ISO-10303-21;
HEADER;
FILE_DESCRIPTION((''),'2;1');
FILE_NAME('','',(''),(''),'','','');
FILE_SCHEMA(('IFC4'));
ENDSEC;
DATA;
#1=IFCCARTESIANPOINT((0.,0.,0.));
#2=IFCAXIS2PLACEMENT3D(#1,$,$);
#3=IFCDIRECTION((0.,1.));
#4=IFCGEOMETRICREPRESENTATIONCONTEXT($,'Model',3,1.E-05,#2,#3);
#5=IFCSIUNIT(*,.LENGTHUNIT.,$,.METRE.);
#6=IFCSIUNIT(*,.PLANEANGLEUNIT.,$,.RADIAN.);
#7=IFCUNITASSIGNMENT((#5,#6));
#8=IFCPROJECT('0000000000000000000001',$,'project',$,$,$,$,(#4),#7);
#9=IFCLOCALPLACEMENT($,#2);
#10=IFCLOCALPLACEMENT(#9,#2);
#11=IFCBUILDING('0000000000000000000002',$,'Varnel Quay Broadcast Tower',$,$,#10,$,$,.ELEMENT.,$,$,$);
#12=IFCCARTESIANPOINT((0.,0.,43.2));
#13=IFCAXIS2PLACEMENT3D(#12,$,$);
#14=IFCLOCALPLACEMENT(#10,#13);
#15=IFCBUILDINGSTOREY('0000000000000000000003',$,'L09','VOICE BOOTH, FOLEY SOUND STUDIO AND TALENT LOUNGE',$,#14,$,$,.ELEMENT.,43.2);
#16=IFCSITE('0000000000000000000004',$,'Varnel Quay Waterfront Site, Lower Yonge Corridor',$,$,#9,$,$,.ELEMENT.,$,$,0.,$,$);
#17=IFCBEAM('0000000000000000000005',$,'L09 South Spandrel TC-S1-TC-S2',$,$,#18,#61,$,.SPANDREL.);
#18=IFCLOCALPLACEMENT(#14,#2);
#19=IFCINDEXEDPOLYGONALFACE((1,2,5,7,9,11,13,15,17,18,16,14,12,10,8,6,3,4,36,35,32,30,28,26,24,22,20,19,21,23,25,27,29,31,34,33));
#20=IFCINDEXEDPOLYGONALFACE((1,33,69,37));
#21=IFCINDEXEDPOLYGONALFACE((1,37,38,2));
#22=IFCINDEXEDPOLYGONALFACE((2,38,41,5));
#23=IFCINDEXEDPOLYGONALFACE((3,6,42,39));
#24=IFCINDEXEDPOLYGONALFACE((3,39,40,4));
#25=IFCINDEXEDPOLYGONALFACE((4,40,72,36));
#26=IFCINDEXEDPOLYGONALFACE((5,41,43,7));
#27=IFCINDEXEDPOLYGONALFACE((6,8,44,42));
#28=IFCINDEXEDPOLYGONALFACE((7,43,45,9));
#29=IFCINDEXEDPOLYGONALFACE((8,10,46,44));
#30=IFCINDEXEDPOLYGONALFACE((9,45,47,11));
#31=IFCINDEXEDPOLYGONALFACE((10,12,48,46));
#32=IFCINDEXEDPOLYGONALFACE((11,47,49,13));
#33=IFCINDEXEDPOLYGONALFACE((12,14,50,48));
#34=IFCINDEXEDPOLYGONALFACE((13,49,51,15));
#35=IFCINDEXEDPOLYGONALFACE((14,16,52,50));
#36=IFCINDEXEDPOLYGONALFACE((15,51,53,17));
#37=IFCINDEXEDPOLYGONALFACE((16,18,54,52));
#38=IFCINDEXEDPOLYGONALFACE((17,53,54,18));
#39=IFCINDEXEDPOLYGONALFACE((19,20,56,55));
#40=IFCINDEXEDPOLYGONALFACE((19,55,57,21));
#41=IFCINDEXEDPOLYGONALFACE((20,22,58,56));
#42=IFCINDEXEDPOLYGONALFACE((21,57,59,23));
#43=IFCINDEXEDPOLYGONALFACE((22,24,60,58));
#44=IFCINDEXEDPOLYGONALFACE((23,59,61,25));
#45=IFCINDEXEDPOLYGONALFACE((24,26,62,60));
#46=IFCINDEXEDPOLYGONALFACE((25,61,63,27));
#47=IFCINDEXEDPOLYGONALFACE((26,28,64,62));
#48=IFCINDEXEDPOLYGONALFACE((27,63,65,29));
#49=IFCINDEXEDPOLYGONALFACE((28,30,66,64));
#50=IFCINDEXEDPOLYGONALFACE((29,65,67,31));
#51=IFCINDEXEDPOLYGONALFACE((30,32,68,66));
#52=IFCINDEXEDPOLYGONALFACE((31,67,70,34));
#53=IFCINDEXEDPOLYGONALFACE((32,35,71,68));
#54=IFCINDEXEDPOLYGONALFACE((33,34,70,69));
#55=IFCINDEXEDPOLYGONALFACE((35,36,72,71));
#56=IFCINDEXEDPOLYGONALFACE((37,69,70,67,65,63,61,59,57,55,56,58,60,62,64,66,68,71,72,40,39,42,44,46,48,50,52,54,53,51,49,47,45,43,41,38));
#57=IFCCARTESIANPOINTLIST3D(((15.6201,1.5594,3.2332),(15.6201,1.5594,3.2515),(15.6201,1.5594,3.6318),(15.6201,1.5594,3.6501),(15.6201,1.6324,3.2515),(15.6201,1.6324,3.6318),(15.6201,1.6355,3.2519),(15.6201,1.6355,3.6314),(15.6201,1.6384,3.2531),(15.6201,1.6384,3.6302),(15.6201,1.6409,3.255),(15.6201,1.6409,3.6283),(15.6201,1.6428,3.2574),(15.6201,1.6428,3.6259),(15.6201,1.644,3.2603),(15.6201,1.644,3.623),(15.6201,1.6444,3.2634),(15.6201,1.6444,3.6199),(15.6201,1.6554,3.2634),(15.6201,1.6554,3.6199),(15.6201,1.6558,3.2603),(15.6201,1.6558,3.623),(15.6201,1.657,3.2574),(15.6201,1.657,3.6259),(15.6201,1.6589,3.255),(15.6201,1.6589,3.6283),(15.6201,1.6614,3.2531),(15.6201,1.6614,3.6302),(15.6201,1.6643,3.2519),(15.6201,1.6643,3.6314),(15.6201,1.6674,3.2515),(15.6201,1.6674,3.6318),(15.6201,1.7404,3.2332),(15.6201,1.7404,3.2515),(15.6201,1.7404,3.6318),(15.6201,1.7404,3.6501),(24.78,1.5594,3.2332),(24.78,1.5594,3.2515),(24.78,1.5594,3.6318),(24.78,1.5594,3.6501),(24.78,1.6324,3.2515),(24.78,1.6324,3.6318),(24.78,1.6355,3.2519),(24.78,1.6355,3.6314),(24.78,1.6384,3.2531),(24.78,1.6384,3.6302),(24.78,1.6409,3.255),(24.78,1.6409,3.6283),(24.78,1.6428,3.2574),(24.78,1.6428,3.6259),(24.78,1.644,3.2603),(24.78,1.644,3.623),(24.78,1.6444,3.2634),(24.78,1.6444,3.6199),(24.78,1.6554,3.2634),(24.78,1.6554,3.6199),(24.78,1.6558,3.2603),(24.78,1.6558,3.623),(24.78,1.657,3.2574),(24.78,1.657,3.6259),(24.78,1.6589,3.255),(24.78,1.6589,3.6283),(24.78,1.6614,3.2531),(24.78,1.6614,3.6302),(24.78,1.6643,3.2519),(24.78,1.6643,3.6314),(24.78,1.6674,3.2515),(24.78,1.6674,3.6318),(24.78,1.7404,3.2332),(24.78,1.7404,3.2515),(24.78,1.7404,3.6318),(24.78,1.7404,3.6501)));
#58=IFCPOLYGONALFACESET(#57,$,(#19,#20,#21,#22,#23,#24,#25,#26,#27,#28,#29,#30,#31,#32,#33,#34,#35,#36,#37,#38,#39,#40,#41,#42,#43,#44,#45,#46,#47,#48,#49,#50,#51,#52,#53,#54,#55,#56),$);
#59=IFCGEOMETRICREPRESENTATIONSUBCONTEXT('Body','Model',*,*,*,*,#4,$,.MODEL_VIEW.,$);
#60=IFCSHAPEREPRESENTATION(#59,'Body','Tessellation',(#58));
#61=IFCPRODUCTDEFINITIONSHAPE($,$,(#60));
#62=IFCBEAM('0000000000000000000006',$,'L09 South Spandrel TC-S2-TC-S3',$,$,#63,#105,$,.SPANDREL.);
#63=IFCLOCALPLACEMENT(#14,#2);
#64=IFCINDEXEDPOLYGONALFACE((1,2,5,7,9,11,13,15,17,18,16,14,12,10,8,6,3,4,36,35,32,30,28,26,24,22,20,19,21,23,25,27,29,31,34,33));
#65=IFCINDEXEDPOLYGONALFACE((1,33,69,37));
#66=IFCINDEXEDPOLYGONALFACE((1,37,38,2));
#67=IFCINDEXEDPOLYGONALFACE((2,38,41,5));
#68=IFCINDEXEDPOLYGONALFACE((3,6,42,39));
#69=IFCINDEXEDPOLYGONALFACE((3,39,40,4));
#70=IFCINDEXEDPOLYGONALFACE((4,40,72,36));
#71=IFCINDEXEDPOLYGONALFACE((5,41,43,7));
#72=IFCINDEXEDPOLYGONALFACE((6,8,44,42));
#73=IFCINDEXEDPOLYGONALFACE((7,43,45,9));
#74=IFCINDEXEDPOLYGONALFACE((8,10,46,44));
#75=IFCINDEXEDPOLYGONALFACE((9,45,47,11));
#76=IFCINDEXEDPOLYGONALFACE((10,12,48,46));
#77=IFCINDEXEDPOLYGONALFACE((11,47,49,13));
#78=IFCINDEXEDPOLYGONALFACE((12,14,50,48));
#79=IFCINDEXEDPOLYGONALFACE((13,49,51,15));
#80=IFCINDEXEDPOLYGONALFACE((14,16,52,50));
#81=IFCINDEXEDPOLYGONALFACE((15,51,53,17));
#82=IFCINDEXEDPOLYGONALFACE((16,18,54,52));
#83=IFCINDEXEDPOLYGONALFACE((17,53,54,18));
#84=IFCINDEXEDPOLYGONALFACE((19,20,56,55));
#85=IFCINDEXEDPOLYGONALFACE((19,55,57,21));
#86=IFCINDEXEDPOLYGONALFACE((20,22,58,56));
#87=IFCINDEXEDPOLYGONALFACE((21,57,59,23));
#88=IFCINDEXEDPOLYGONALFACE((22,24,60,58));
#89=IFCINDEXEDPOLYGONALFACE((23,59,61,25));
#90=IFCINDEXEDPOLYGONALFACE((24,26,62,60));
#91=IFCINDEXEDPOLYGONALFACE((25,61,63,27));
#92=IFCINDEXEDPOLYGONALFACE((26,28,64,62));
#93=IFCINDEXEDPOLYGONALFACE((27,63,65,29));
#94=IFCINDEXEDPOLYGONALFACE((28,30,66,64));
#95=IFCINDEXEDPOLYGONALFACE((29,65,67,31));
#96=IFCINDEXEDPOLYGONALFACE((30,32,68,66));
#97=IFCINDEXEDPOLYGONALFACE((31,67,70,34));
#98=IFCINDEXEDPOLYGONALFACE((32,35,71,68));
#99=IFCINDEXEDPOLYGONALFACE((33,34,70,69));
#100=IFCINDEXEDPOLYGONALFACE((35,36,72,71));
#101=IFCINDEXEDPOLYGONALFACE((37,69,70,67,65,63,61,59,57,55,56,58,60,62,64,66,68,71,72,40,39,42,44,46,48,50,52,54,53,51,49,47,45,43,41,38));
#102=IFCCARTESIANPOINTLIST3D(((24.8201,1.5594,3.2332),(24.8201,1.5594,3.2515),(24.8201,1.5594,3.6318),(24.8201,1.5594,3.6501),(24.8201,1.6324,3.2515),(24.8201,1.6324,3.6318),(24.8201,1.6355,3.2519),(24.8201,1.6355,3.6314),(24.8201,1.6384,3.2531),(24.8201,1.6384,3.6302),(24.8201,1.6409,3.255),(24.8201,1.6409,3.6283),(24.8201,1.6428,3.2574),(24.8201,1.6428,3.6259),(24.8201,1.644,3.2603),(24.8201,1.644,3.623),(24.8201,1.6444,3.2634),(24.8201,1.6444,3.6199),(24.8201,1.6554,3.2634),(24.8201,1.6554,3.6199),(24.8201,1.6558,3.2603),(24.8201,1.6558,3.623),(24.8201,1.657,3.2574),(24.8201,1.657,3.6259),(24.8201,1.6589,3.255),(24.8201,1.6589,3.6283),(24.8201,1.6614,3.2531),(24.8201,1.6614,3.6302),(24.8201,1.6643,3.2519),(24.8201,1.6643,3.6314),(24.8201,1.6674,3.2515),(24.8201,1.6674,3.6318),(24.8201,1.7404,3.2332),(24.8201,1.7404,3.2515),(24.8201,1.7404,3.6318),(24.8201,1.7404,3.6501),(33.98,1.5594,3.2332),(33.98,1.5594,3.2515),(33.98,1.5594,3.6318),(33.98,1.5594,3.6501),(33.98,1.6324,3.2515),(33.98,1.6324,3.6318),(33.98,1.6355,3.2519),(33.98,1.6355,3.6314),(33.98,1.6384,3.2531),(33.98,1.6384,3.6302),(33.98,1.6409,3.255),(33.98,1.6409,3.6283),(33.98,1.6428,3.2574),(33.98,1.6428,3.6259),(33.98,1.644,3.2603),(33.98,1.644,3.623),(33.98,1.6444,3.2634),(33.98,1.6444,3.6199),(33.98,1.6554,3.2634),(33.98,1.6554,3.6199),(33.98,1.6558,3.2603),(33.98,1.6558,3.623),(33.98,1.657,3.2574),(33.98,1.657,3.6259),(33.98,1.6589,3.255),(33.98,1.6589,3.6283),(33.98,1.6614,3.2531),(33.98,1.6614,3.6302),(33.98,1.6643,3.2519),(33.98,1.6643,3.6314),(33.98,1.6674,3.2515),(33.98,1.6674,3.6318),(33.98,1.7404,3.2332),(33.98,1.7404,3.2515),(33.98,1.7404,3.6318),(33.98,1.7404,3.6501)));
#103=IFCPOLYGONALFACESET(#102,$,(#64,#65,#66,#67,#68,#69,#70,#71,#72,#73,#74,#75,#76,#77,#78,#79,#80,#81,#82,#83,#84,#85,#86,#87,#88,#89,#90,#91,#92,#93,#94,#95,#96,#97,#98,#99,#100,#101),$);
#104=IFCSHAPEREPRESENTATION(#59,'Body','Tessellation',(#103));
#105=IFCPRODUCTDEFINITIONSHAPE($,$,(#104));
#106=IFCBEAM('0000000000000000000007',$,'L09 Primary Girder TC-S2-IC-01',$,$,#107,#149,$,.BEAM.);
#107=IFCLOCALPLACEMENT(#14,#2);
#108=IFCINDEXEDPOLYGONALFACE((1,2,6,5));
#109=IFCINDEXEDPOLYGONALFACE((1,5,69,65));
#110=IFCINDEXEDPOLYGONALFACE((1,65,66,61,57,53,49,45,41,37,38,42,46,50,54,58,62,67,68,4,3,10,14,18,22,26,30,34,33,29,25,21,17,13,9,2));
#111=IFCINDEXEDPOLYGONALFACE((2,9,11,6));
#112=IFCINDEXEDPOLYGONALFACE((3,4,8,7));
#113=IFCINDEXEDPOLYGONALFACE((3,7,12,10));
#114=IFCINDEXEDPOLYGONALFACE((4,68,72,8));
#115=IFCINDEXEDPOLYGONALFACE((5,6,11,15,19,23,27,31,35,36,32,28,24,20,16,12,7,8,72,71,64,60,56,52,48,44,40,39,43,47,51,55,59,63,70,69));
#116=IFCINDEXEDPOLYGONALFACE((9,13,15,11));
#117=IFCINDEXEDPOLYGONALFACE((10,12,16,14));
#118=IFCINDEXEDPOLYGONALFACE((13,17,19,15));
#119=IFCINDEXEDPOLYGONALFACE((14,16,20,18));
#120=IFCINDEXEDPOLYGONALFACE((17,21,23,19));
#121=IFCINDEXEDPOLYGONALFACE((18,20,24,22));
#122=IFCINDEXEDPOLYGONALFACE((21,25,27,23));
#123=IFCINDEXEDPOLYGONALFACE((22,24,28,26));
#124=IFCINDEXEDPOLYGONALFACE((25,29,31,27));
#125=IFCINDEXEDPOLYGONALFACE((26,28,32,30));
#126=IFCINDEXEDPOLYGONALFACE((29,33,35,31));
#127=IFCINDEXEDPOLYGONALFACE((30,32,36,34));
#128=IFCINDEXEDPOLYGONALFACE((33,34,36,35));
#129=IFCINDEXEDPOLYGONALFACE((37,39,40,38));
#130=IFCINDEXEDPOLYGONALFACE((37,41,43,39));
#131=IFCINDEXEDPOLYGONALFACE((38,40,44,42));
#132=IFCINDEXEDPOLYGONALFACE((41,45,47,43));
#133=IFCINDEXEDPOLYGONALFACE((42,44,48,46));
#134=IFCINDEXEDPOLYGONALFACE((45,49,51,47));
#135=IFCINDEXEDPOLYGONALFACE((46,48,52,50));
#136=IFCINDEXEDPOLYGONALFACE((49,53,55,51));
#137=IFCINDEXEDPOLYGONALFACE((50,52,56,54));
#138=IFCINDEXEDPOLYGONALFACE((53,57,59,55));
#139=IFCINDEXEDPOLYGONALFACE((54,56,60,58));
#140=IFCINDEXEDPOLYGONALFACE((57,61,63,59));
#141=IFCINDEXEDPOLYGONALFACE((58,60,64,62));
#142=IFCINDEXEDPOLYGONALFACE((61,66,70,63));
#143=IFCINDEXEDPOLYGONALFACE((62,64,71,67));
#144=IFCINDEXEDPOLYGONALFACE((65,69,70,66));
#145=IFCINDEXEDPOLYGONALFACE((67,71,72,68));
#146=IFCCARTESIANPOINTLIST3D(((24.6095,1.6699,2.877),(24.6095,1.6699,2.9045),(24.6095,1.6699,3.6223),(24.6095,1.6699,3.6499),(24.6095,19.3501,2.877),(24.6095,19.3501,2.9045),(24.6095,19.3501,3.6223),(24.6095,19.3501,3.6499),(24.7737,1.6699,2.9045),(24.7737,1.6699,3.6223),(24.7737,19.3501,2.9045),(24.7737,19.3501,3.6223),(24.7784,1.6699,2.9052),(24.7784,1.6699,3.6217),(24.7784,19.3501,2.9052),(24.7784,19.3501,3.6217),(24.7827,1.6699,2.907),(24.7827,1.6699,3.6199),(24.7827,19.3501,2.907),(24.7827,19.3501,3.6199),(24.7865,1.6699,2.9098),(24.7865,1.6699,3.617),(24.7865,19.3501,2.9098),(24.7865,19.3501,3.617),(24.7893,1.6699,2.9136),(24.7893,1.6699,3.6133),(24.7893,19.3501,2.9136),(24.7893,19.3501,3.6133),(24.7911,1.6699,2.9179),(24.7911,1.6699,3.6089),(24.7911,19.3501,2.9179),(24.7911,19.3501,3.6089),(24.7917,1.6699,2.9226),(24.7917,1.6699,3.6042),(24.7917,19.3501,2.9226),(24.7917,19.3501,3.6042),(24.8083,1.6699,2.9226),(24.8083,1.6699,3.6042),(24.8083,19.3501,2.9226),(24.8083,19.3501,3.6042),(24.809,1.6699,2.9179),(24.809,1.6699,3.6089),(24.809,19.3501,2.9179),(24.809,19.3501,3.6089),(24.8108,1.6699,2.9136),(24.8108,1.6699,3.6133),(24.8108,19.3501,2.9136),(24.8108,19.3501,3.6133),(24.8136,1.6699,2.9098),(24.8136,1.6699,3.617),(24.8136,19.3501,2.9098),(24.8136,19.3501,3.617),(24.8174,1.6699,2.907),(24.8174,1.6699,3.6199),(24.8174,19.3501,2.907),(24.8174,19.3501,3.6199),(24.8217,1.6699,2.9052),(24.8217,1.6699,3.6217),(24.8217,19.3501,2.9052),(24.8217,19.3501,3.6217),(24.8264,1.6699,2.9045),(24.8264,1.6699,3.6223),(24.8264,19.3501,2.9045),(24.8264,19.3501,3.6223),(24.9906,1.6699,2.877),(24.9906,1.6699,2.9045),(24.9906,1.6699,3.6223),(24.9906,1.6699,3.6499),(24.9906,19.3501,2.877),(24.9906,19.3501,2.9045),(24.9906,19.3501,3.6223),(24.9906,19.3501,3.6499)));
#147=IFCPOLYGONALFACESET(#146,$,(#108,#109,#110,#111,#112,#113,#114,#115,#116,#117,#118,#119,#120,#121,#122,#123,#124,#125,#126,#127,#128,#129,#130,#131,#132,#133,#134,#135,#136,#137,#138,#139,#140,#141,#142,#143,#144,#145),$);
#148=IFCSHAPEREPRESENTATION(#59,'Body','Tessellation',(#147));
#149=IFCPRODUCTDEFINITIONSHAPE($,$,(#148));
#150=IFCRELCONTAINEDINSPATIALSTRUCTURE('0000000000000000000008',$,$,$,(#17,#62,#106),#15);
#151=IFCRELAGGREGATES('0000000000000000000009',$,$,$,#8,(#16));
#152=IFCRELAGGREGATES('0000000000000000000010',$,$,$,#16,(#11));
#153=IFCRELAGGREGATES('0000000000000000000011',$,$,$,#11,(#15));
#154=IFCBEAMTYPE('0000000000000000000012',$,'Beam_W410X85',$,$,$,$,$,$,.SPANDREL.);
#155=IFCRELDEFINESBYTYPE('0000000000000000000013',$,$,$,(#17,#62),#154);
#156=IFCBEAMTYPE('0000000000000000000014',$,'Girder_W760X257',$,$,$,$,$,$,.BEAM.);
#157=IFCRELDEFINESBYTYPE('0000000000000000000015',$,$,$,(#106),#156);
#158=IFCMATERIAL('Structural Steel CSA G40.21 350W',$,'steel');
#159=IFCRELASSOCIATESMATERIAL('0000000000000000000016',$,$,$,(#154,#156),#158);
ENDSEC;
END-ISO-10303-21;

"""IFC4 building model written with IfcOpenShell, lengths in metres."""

from ifc_helpers import new_model, si_unit, direction, frame, origin, origin_2d, place, context, subcontext, project, spatial, i_section, extrude, source, transform, mapped, material, material_profile, profile_set, type_object, type_shapes, element, save


model = new_model("IFC4")

# Units and contexts
model_context = context("Model", 3, precision=1e-05, world=origin(), true_north=direction((0.0, 1.0)))
body_context = subcontext(model_context, "Body", "Model", "MODEL_VIEW")
ifc_project = project(units=[si_unit("LENGTHUNIT", "METRE"), si_unit("PLANEANGLEUNIT", "RADIAN")], contexts=[model_context])

# Site, building, storey
site_placement = place(None, origin())
site = spatial("IfcSite", under=ifc_project, at=site_placement, Name="Varnel Quay Waterfront Site, Lower Yonge Corridor", CompositionType="ELEMENT", RefElevation=0.0)
building_placement = place(site_placement, origin())
building = spatial("IfcBuilding", under=site, at=building_placement, Name="Varnel Quay Broadcast Tower", CompositionType="ELEMENT")
storey_placement = place(building_placement, frame((0.0, 0.0, 43.2)))
storey = spatial("IfcBuildingStorey", under=building, at=storey_placement, Name="L09", Description="VOICE BOOTH, FOLEY SOUND STUDIO AND TALENT LOUNGE", CompositionType="ELEMENT", Elevation=43.2)

# Shared definitions
ifc_material_1 = material(Name="Structural Steel CSA G40.21 350W", Category="steel")

# Beams
ifc_material_profile_1 = material_profile(ifc_material_1, i_section(OverallWidth=0.1809, OverallDepth=0.417, WebThickness=0.011, FlangeThickness=0.0183, FilletRadius=0.012, at=origin_2d()), Name="W410X85")
ifc_profile_set_1 = profile_set([ifc_material_profile_1], Name="Structural Steel CSA G40.21 350W")
beam_type_1 = type_object("IfcBeamType", Name="Beam_W410X85", PredefinedType="SPANDREL", material=ifc_profile_set_1)
shared_shape_1 = source(origin(), body_context, "Body", "SweptSolid", [
    extrude(i_section(OverallWidth=0.1809, OverallDepth=0.417, WebThickness=0.011, FlangeThickness=0.0183, FilletRadius=0.012, at=origin_2d()), origin(), (0.0, 0.0, 1.0), 9.1599),
])
for number, where, z_axis, x_axis, name in (
    (1, (15.6201, 1.6499, 3.4417), (1.0, 0.0, 0.0), (0.0, 1.0, 0.0), "L09 South Spandrel TC-S1-TC-S2"),
    (2, (24.8201, 1.6499, 3.4417), (1.0, 0.0, 0.0), (0.0, 1.0, 0.0), "L09 South Spandrel TC-S2-TC-S3"),
):
    element("IfcBeam", number, at=place(storey_placement, frame(where, z_axis=z_axis, x_axis=x_axis)), inside=storey, type_object=beam_type_1, Name=name, PredefinedType="SPANDREL", context=body_context, shape_type="MappedRepresentation", body=[
        mapped(shared_shape_1, transform((0.0, 0.0, 0.0), x_axis=(1.0, 0.0, 0.0), y_axis=(0.0, 1.0, 0.0), z_axis=(0.0, 0.0, 1.0), scale=1.0)),
    ])
ifc_material_profile_2 = material_profile(ifc_material_1, i_section(OverallWidth=0.3811, OverallDepth=0.7729, WebThickness=0.0166, FlangeThickness=0.0276, FilletRadius=0.0181, at=origin_2d()), Name="W760X257")
ifc_profile_set_2 = profile_set([ifc_material_profile_2], Name="Structural Steel CSA G40.21 350W")
beam_type_2 = type_object("IfcBeamType", Name="Girder_W760X257", PredefinedType="BEAM", material=ifc_profile_set_2)
shared_shape_2 = source(origin(), body_context, "Body", "SweptSolid", [
    extrude(i_section(OverallWidth=0.3811, OverallDepth=0.7729, WebThickness=0.0166, FlangeThickness=0.0276, FilletRadius=0.0181, at=origin_2d()), origin(), (0.0, 0.0, 1.0), 17.6802),
])
type_shapes(beam_type_2, [shared_shape_2])
beam_1_placement = place(storey_placement, frame((24.8, 1.6699, 3.2634), z_axis=(0.0, 1.0, 0.0), x_axis=(-1.0, 0.0, 0.0)))
element("IfcBeam", 3, at=beam_1_placement, inside=storey, type_object=beam_type_2, Name="L09 Primary Girder TC-S2-IC-01", PredefinedType="BEAM", context=body_context, shape_type="MappedRepresentation", body=[
    mapped(shared_shape_2, transform((0.0, 0.0, 0.0), x_axis=(1.0, 0.0, 0.0), y_axis=(0.0, 1.0, 0.0), z_axis=(0.0, 0.0, 1.0), scale=1.0)),
])

save(model, "model.ifc")
